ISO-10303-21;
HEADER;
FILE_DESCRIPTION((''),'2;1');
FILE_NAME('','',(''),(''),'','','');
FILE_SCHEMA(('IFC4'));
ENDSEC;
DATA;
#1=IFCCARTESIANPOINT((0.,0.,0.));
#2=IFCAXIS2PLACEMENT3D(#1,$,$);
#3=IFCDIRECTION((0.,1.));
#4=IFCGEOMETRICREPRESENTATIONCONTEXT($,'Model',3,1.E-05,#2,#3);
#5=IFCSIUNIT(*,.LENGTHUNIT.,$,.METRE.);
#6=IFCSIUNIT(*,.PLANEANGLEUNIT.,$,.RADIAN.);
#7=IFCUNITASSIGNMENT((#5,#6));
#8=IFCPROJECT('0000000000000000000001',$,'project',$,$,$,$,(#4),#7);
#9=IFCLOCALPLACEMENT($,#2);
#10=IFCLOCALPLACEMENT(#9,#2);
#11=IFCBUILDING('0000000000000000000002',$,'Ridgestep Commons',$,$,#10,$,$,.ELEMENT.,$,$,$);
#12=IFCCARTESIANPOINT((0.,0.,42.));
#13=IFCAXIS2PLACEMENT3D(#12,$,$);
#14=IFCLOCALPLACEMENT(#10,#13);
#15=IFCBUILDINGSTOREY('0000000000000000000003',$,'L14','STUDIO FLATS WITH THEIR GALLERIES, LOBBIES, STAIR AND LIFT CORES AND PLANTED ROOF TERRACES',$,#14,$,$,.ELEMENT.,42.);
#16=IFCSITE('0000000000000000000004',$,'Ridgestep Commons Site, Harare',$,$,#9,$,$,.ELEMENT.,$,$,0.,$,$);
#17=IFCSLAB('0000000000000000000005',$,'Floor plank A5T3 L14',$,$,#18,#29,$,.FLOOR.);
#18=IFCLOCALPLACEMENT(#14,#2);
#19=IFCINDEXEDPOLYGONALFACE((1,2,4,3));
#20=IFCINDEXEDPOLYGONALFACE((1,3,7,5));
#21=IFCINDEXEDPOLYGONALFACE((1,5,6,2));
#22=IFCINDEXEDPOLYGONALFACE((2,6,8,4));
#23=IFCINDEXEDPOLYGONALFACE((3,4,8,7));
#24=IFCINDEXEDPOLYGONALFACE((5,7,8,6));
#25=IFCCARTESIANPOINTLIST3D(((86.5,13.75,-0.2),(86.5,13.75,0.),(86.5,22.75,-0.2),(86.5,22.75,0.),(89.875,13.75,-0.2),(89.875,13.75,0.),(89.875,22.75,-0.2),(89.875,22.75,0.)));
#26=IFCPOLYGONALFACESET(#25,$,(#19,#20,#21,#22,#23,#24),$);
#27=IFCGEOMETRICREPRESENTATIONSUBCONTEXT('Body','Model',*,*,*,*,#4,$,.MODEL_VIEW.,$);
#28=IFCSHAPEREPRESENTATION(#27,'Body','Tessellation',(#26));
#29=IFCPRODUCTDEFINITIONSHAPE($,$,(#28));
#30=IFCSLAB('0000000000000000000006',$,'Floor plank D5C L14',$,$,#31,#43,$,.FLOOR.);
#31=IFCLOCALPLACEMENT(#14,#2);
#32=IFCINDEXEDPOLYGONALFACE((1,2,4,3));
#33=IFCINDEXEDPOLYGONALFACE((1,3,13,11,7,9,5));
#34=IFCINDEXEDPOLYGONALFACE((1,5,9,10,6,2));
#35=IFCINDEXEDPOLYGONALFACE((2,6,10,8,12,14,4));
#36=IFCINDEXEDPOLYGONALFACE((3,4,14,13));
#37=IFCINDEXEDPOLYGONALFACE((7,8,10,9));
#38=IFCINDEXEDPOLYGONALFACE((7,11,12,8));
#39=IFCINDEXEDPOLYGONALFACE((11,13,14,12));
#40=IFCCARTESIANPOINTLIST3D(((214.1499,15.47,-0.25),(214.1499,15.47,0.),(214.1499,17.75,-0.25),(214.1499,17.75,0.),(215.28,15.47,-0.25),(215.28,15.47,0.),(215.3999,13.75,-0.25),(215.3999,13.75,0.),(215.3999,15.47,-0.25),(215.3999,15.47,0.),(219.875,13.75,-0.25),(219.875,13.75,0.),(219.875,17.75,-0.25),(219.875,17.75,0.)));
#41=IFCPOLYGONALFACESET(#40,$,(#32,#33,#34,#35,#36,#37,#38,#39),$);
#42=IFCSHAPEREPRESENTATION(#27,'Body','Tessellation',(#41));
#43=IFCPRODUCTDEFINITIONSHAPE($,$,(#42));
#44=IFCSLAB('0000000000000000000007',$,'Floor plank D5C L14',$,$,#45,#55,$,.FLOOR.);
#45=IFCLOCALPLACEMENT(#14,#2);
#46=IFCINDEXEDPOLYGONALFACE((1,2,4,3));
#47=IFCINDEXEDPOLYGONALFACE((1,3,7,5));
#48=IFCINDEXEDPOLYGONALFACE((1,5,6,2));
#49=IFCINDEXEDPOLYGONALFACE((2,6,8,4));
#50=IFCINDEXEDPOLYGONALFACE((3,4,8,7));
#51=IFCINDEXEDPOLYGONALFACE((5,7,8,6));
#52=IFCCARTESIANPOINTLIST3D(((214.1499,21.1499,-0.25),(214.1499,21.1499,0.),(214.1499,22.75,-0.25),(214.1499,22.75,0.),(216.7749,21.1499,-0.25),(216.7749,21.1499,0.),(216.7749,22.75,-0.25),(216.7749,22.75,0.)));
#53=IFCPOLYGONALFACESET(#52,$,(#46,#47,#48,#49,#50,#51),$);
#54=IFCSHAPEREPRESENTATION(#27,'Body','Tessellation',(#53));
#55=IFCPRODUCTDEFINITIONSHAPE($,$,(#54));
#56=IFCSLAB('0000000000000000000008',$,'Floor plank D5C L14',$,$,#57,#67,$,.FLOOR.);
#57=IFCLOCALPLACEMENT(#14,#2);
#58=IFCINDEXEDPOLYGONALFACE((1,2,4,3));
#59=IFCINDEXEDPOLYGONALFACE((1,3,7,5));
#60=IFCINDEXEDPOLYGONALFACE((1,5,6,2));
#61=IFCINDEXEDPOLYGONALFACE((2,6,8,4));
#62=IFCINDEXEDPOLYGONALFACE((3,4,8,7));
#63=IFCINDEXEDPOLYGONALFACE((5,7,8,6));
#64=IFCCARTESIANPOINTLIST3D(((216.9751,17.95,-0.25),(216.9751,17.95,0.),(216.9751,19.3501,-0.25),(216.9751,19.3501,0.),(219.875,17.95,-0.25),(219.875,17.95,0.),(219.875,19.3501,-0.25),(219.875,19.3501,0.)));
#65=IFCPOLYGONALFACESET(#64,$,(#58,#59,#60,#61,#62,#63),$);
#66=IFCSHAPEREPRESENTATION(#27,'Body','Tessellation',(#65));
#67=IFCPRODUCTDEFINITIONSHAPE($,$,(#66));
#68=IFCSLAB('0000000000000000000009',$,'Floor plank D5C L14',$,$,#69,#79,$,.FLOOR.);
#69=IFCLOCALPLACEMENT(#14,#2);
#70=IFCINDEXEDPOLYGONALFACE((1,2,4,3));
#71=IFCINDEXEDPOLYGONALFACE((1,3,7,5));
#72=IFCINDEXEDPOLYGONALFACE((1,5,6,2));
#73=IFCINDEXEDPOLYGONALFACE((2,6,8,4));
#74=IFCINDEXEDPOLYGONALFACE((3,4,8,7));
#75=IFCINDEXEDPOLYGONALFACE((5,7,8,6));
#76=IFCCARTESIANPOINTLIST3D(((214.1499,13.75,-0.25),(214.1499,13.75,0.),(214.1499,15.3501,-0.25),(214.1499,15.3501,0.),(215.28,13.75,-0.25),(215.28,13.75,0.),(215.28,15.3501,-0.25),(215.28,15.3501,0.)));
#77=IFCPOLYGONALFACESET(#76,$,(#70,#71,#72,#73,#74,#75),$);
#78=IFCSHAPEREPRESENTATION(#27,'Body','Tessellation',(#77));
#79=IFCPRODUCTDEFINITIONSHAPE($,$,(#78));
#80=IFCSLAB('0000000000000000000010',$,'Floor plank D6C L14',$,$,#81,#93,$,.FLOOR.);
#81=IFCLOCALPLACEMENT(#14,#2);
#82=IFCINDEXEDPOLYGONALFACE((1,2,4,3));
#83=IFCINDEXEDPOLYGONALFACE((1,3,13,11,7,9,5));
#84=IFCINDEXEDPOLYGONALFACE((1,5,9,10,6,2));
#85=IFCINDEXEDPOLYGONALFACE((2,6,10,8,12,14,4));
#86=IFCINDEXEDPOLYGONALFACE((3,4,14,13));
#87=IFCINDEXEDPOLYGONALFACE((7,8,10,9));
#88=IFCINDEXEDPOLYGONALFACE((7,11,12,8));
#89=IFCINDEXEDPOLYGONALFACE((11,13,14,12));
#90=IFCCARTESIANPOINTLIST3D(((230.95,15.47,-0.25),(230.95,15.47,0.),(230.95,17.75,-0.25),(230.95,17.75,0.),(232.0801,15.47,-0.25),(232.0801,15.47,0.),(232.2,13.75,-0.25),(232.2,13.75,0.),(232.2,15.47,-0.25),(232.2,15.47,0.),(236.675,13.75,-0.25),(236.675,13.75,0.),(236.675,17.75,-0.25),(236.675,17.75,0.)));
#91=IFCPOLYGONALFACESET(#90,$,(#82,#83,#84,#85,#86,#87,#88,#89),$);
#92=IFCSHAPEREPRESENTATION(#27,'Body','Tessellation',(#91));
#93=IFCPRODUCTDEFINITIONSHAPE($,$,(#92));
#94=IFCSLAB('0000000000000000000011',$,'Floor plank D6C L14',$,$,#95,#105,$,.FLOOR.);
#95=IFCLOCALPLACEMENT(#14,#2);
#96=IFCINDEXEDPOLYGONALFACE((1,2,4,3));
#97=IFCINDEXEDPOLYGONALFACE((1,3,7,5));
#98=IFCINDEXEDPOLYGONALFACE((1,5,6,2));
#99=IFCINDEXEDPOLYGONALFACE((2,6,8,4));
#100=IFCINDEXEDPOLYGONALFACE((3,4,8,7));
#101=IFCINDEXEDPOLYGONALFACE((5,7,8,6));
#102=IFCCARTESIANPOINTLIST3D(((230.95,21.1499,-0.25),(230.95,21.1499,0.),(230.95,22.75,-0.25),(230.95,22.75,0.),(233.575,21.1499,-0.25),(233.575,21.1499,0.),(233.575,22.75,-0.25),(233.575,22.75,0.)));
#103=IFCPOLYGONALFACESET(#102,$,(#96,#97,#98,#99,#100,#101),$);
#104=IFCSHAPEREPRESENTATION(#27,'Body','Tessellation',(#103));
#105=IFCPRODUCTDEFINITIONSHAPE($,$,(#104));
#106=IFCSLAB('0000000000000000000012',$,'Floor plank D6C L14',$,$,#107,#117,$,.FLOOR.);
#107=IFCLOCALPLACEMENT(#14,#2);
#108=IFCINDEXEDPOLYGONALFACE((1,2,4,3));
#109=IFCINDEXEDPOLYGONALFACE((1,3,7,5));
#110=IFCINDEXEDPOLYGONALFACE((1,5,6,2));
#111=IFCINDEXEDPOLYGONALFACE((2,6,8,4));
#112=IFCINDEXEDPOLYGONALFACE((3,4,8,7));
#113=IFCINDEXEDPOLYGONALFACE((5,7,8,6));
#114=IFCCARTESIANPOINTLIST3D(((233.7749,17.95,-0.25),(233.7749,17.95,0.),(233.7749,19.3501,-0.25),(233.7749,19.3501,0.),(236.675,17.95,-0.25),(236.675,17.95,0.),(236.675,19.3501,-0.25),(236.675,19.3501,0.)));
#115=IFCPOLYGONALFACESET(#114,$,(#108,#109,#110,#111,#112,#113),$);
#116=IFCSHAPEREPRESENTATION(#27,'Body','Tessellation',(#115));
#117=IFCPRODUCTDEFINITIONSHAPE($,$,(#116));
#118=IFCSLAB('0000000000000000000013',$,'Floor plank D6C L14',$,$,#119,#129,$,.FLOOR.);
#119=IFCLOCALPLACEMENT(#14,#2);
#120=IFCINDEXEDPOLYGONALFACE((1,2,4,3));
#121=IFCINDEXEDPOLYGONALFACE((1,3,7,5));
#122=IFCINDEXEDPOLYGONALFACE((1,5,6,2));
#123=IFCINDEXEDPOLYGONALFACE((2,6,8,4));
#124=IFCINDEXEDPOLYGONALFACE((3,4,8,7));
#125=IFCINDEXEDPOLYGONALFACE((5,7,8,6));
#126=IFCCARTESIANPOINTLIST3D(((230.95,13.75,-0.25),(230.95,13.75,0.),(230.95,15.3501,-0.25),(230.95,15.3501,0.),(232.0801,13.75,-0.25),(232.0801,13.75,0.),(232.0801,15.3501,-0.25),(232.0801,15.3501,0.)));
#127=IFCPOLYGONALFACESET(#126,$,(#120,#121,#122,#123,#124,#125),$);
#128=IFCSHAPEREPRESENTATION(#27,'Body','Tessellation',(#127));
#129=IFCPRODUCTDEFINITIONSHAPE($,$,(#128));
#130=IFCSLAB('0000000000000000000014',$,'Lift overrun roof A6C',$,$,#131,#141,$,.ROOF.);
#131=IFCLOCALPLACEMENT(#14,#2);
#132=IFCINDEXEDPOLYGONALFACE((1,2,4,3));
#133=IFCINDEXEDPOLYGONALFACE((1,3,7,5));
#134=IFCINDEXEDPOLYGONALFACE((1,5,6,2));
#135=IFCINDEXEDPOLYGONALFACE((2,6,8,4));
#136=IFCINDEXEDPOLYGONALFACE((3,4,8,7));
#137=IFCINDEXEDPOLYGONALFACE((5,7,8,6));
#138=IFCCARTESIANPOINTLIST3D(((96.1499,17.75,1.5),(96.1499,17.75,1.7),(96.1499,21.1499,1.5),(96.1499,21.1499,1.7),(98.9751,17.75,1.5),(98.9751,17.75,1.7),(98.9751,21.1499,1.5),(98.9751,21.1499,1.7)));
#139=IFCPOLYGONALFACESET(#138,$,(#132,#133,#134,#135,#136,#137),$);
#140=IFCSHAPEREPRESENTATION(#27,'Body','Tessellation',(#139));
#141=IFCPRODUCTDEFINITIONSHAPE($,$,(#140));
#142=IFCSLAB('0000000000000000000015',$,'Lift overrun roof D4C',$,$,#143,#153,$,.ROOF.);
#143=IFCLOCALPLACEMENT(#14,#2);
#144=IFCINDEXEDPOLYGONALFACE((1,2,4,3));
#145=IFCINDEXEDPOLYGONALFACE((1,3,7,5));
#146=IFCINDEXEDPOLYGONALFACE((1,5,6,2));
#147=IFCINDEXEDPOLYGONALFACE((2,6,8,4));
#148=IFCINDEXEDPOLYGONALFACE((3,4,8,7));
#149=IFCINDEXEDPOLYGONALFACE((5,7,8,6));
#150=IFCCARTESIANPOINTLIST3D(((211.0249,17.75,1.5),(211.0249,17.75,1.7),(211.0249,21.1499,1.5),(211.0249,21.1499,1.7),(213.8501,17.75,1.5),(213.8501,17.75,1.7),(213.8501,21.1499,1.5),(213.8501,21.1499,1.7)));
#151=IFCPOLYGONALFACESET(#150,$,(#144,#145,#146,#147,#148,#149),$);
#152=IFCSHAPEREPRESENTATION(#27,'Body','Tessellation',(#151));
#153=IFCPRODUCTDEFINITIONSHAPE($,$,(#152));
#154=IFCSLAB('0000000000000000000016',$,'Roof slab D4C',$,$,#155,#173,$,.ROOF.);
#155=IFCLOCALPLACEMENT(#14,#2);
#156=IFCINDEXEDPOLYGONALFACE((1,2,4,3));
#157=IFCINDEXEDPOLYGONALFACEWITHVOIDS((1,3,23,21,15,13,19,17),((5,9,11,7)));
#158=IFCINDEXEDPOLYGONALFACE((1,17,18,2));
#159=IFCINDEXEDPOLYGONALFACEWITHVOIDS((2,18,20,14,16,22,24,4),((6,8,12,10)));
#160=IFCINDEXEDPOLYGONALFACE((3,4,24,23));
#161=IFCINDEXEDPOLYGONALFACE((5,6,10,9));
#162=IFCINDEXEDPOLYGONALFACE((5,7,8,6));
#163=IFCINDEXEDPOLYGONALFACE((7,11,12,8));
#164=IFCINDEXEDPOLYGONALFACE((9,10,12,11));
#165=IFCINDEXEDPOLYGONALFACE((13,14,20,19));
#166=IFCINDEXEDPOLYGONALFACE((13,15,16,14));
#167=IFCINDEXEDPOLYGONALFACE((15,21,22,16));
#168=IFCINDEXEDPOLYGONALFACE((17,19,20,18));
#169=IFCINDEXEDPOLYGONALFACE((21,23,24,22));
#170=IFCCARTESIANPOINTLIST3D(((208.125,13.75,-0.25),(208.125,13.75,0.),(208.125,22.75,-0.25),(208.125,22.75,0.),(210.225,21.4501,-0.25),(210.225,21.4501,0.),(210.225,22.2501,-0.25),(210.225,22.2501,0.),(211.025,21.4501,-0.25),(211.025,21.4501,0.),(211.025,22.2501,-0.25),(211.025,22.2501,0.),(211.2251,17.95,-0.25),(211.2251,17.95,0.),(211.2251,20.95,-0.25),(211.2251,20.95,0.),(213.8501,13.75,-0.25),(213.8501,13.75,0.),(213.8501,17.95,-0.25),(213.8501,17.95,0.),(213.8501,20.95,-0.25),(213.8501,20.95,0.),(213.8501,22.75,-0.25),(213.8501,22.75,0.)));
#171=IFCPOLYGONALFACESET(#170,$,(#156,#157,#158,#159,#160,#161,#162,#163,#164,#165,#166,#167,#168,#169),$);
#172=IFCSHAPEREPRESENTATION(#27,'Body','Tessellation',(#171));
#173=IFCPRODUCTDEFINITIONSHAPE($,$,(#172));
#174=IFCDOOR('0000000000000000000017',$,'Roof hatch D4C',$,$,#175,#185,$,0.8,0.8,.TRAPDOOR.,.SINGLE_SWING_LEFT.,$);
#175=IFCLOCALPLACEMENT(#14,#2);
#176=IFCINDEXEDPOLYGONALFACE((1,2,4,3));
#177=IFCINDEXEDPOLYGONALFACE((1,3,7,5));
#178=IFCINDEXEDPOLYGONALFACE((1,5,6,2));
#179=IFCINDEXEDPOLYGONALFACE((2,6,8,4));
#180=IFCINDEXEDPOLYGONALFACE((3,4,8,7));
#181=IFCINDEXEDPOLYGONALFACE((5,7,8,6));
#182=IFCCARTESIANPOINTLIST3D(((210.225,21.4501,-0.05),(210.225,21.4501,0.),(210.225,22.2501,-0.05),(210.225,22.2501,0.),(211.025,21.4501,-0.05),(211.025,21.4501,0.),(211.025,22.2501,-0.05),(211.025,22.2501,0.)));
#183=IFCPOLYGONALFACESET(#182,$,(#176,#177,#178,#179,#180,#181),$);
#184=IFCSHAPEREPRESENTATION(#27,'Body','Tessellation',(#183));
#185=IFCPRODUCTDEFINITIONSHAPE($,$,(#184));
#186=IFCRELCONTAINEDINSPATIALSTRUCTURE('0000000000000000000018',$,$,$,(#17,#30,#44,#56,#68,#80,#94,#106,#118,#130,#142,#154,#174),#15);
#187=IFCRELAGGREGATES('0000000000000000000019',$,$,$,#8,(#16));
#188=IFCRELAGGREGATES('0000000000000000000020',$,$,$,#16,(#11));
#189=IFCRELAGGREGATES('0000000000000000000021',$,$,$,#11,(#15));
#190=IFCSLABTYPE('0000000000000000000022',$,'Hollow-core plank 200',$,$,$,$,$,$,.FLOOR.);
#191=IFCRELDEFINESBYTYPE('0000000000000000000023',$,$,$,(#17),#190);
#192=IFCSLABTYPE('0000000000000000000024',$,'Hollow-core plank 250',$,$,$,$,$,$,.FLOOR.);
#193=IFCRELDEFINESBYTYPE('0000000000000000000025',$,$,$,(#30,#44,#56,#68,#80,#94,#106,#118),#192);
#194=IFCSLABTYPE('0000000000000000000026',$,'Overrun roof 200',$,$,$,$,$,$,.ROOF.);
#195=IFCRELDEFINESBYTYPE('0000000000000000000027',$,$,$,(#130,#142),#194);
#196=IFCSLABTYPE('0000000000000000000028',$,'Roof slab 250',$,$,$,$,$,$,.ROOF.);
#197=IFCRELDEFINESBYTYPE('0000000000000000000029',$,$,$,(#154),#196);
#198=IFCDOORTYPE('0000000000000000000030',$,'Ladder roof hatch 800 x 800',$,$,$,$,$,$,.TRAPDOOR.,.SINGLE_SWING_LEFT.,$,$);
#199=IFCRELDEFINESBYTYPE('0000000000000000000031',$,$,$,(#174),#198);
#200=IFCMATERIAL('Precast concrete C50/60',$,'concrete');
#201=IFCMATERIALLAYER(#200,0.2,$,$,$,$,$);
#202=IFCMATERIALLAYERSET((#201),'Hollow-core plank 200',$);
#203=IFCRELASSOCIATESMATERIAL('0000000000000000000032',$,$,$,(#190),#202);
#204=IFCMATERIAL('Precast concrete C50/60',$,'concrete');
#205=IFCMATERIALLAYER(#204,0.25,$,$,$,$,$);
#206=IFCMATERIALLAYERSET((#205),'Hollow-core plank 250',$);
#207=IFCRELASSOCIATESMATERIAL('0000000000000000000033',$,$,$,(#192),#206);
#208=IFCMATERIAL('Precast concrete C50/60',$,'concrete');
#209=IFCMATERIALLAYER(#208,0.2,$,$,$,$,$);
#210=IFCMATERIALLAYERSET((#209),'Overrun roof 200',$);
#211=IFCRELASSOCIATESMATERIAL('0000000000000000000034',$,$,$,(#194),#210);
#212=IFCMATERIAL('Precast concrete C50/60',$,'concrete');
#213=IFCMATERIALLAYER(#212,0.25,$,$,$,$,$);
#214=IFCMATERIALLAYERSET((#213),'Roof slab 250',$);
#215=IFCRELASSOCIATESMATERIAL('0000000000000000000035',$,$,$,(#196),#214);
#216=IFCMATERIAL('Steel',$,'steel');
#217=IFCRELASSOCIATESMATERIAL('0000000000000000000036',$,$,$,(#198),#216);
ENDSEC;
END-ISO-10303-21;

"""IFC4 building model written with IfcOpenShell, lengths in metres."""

from ifc_helpers import new_model, si_unit, direction, frame, origin, origin_2d, place, context, subcontext, project, spatial, polyline, rectangle, outline, extrude, material, layer, layer_set, type_object, element, fill, save


model = new_model("IFC4")

# Units and contexts
model_context = context("Model", 3, precision=1e-05, world=origin(), true_north=direction((0.0, 1.0)))
body_context = subcontext(model_context, "Body", "Model", "MODEL_VIEW")
ifc_project = project(units=[si_unit("LENGTHUNIT", "METRE"), si_unit("PLANEANGLEUNIT", "RADIAN")], contexts=[model_context])

# Site, building, storey
site_placement = place(None, origin())
site = spatial("IfcSite", under=ifc_project, at=site_placement, Name="Ridgestep Commons Site, Harare", CompositionType="ELEMENT", RefElevation=0.0)
building_placement = place(site_placement, origin())
building = spatial("IfcBuilding", under=site, at=building_placement, Name="Ridgestep Commons", CompositionType="ELEMENT")
storey_placement = place(building_placement, frame((0.0, 0.0, 42.0)))
storey = spatial("IfcBuildingStorey", under=building, at=storey_placement, Name="L14", Description="STUDIO FLATS WITH THEIR GALLERIES, LOBBIES, STAIR AND LIFT CORES AND PLANTED ROOF TERRACES", CompositionType="ELEMENT", Elevation=42.0)

# Slabs
ifc_material_1 = material(Name="Precast concrete C50/60", Category="concrete")
ifc_layer_1 = layer(ifc_material_1, 0.2)
ifc_layer_set_1 = layer_set([ifc_layer_1], Name="Hollow-core plank 200")
slab_type_1 = type_object("IfcSlabType", Name="Hollow-core plank 200", PredefinedType="FLOOR", material=ifc_layer_set_1)
slab_1_placement = place(storey_placement, frame((0.0, 0.0, -0.2)))
element("IfcSlab", 1, at=slab_1_placement, inside=storey, type_object=slab_type_1, Name="Floor plank A5T3 L14", PredefinedType="FLOOR", context=body_context, shape_type="SweptSolid", body=[
    extrude(outline(polyline([(89.875, 13.75), (89.875, 22.75), (86.5, 22.75), (86.5, 13.75), (89.875, 13.75)])), origin(), (0.0, 0.0, 1.0), 0.2),
])
ifc_material_2 = material(Name="Precast concrete C50/60", Category="concrete")
ifc_layer_2 = layer(ifc_material_2, 0.25)
ifc_layer_set_2 = layer_set([ifc_layer_2], Name="Hollow-core plank 250")
slab_type_2 = type_object("IfcSlabType", Name="Hollow-core plank 250", PredefinedType="FLOOR", material=ifc_layer_set_2)
slab_2_placement = place(storey_placement, frame((0.0, 0.0, -0.25)))
element("IfcSlab", 2, at=slab_2_placement, inside=storey, type_object=slab_type_2, Name="Floor plank D5C L14", PredefinedType="FLOOR", context=body_context, shape_type="SweptSolid", body=[
    extrude(outline(polyline([(215.3999, 13.75), (219.875, 13.75), (219.875, 17.75), (214.1499, 17.75), (214.1499, 15.47), (215.28, 15.47), (215.3999, 15.47), (215.3999, 13.75)])), origin(), (0.0, 0.0, 1.0), 0.25),
])
slab_3_placement = place(storey_placement, frame((0.0, 0.0, -0.25)))
element("IfcSlab", 3, at=slab_3_placement, inside=storey, type_object=slab_type_2, Name="Floor plank D5C L14", PredefinedType="FLOOR", context=body_context, shape_type="SweptSolid", body=[
    extrude(outline(polyline([(216.7749, 22.75), (214.1499, 22.75), (214.1499, 21.1499), (216.7749, 21.1499), (216.7749, 22.75)])), origin(), (0.0, 0.0, 1.0), 0.25),
])
slab_4_placement = place(storey_placement, frame((0.0, 0.0, -0.25)))
element("IfcSlab", 4, at=slab_4_placement, inside=storey, type_object=slab_type_2, Name="Floor plank D5C L14", PredefinedType="FLOOR", context=body_context, shape_type="SweptSolid", body=[
    extrude(outline(polyline([(219.875, 17.95), (219.875, 19.3501), (216.9751, 19.3501), (216.9751, 17.95), (219.875, 17.95)])), origin(), (0.0, 0.0, 1.0), 0.25),
])
slab_5_placement = place(storey_placement, frame((0.0, 0.0, -0.25)))
element("IfcSlab", 5, at=slab_5_placement, inside=storey, type_object=slab_type_2, Name="Floor plank D5C L14", PredefinedType="FLOOR", context=body_context, shape_type="SweptSolid", body=[
    extrude(outline(polyline([(215.28, 15.3501), (214.1499, 15.3501), (214.1499, 13.75), (215.28, 13.75), (215.28, 15.3501)])), origin(), (0.0, 0.0, 1.0), 0.25),
])
slab_6_placement = place(storey_placement, frame((0.0, 0.0, -0.25)))
element("IfcSlab", 6, at=slab_6_placement, inside=storey, type_object=slab_type_2, Name="Floor plank D6C L14", PredefinedType="FLOOR", context=body_context, shape_type="SweptSolid", body=[
    extrude(outline(polyline([(232.2, 13.75), (236.675, 13.75), (236.675, 17.75), (230.95, 17.75), (230.95, 15.47), (232.0801, 15.47), (232.2, 15.47), (232.2, 13.75)])), origin(), (0.0, 0.0, 1.0), 0.25),
])
slab_7_placement = place(storey_placement, frame((0.0, 0.0, -0.25)))
element("IfcSlab", 7, at=slab_7_placement, inside=storey, type_object=slab_type_2, Name="Floor plank D6C L14", PredefinedType="FLOOR", context=body_context, shape_type="SweptSolid", body=[
    extrude(outline(polyline([(233.575, 22.75), (230.95, 22.75), (230.95, 21.1499), (233.575, 21.1499), (233.575, 22.75)])), origin(), (0.0, 0.0, 1.0), 0.25),
])
slab_8_placement = place(storey_placement, frame((0.0, 0.0, -0.25)))
element("IfcSlab", 8, at=slab_8_placement, inside=storey, type_object=slab_type_2, Name="Floor plank D6C L14", PredefinedType="FLOOR", context=body_context, shape_type="SweptSolid", body=[
    extrude(outline(polyline([(236.675, 17.95), (236.675, 19.3501), (233.7749, 19.3501), (233.7749, 17.95), (236.675, 17.95)])), origin(), (0.0, 0.0, 1.0), 0.25),
])
slab_9_placement = place(storey_placement, frame((0.0, 0.0, -0.25)))
element("IfcSlab", 9, at=slab_9_placement, inside=storey, type_object=slab_type_2, Name="Floor plank D6C L14", PredefinedType="FLOOR", context=body_context, shape_type="SweptSolid", body=[
    extrude(outline(polyline([(232.0801, 15.3501), (230.95, 15.3501), (230.95, 13.75), (232.0801, 13.75), (232.0801, 15.3501)])), origin(), (0.0, 0.0, 1.0), 0.25),
])
ifc_material_3 = material(Name="Precast concrete C50/60", Category="concrete")
ifc_layer_3 = layer(ifc_material_3, 0.2)
ifc_layer_set_3 = layer_set([ifc_layer_3], Name="Overrun roof 200")
slab_type_3 = type_object("IfcSlabType", Name="Overrun roof 200", PredefinedType="ROOF", material=ifc_layer_set_3)
slab_10_placement = place(storey_placement, frame((0.0, 0.0, 1.5)))
element("IfcSlab", 10, at=slab_10_placement, inside=storey, type_object=slab_type_3, Name="Lift overrun roof A6C", PredefinedType="ROOF", context=body_context, shape_type="SweptSolid", body=[
    extrude(outline(polyline([(98.9751, 21.1499), (96.1499, 21.1499), (96.1499, 17.75), (98.9751, 17.75), (98.9751, 21.1499)])), origin(), (0.0, 0.0, 1.0), 0.2),
])
slab_11_placement = place(storey_placement, frame((0.0, 0.0, 1.5)))
element("IfcSlab", 11, at=slab_11_placement, inside=storey, type_object=slab_type_3, Name="Lift overrun roof D4C", PredefinedType="ROOF", context=body_context, shape_type="SweptSolid", body=[
    extrude(outline(polyline([(211.0249, 17.75), (213.8501, 17.75), (213.8501, 21.1499), (211.0249, 21.1499), (211.0249, 17.75)])), origin(), (0.0, 0.0, 1.0), 0.2),
])

# Slab, opening, door
ifc_material_4 = material(Name="Precast concrete C50/60", Category="concrete")
ifc_layer_4 = layer(ifc_material_4, 0.25)
ifc_layer_set_4 = layer_set([ifc_layer_4], Name="Roof slab 250")
slab_type_4 = type_object("IfcSlabType", Name="Roof slab 250", PredefinedType="ROOF", material=ifc_layer_set_4)
slab_12_placement = place(storey_placement, frame((0.0, 0.0, -0.25)))
slab_12 = element("IfcSlab", 12, at=slab_12_placement, inside=storey, type_object=slab_type_4, Name="Roof slab D4C", PredefinedType="ROOF", context=body_context, shape_type="SweptSolid", body=[
    extrude(outline(polyline([(213.8501, 13.75), (213.8501, 17.95), (211.2251, 17.95), (211.2251, 20.95), (213.8501, 20.95), (213.8501, 22.75), (208.125, 22.75), (208.125, 13.75), (213.8501, 13.75)])), origin(), (0.0, 0.0, 1.0), 0.25),
])
opening_placement = place(slab_12_placement, frame((210.625, 21.8501, 0.0)))
opening = element("IfcOpeningElement", 13, at=opening_placement, cuts=slab_12, PredefinedType="OPENING", context=body_context, shape_type="SweptSolid", body=[
    extrude(rectangle(XDim=0.8, YDim=0.8, at=origin_2d()), origin(), (0.0, 0.0, 1.0), 0.25),
])
ifc_material_5 = material(Name="Steel", Category="steel")
door_type = type_object("IfcDoorType", Name="Ladder roof hatch 800 x 800", OperationType="SINGLE_SWING_LEFT", PredefinedType="TRAPDOOR", material=ifc_material_5)
door_placement = place(opening_placement, frame((0.0, 0.0, 0.2)))
door = element("IfcDoor", 14, at=door_placement, inside=storey, type_object=door_type, Name="Roof hatch D4C", OperationType="SINGLE_SWING_LEFT", OverallHeight=0.8, OverallWidth=0.8, PredefinedType="TRAPDOOR", context=body_context, shape_type="SweptSolid", body=[
    extrude(rectangle(XDim=0.8, YDim=0.8, at=origin_2d()), origin(), (0.0, 0.0, 1.0), 0.05),
])
fill(opening, door)

save(model, "model.ifc")
